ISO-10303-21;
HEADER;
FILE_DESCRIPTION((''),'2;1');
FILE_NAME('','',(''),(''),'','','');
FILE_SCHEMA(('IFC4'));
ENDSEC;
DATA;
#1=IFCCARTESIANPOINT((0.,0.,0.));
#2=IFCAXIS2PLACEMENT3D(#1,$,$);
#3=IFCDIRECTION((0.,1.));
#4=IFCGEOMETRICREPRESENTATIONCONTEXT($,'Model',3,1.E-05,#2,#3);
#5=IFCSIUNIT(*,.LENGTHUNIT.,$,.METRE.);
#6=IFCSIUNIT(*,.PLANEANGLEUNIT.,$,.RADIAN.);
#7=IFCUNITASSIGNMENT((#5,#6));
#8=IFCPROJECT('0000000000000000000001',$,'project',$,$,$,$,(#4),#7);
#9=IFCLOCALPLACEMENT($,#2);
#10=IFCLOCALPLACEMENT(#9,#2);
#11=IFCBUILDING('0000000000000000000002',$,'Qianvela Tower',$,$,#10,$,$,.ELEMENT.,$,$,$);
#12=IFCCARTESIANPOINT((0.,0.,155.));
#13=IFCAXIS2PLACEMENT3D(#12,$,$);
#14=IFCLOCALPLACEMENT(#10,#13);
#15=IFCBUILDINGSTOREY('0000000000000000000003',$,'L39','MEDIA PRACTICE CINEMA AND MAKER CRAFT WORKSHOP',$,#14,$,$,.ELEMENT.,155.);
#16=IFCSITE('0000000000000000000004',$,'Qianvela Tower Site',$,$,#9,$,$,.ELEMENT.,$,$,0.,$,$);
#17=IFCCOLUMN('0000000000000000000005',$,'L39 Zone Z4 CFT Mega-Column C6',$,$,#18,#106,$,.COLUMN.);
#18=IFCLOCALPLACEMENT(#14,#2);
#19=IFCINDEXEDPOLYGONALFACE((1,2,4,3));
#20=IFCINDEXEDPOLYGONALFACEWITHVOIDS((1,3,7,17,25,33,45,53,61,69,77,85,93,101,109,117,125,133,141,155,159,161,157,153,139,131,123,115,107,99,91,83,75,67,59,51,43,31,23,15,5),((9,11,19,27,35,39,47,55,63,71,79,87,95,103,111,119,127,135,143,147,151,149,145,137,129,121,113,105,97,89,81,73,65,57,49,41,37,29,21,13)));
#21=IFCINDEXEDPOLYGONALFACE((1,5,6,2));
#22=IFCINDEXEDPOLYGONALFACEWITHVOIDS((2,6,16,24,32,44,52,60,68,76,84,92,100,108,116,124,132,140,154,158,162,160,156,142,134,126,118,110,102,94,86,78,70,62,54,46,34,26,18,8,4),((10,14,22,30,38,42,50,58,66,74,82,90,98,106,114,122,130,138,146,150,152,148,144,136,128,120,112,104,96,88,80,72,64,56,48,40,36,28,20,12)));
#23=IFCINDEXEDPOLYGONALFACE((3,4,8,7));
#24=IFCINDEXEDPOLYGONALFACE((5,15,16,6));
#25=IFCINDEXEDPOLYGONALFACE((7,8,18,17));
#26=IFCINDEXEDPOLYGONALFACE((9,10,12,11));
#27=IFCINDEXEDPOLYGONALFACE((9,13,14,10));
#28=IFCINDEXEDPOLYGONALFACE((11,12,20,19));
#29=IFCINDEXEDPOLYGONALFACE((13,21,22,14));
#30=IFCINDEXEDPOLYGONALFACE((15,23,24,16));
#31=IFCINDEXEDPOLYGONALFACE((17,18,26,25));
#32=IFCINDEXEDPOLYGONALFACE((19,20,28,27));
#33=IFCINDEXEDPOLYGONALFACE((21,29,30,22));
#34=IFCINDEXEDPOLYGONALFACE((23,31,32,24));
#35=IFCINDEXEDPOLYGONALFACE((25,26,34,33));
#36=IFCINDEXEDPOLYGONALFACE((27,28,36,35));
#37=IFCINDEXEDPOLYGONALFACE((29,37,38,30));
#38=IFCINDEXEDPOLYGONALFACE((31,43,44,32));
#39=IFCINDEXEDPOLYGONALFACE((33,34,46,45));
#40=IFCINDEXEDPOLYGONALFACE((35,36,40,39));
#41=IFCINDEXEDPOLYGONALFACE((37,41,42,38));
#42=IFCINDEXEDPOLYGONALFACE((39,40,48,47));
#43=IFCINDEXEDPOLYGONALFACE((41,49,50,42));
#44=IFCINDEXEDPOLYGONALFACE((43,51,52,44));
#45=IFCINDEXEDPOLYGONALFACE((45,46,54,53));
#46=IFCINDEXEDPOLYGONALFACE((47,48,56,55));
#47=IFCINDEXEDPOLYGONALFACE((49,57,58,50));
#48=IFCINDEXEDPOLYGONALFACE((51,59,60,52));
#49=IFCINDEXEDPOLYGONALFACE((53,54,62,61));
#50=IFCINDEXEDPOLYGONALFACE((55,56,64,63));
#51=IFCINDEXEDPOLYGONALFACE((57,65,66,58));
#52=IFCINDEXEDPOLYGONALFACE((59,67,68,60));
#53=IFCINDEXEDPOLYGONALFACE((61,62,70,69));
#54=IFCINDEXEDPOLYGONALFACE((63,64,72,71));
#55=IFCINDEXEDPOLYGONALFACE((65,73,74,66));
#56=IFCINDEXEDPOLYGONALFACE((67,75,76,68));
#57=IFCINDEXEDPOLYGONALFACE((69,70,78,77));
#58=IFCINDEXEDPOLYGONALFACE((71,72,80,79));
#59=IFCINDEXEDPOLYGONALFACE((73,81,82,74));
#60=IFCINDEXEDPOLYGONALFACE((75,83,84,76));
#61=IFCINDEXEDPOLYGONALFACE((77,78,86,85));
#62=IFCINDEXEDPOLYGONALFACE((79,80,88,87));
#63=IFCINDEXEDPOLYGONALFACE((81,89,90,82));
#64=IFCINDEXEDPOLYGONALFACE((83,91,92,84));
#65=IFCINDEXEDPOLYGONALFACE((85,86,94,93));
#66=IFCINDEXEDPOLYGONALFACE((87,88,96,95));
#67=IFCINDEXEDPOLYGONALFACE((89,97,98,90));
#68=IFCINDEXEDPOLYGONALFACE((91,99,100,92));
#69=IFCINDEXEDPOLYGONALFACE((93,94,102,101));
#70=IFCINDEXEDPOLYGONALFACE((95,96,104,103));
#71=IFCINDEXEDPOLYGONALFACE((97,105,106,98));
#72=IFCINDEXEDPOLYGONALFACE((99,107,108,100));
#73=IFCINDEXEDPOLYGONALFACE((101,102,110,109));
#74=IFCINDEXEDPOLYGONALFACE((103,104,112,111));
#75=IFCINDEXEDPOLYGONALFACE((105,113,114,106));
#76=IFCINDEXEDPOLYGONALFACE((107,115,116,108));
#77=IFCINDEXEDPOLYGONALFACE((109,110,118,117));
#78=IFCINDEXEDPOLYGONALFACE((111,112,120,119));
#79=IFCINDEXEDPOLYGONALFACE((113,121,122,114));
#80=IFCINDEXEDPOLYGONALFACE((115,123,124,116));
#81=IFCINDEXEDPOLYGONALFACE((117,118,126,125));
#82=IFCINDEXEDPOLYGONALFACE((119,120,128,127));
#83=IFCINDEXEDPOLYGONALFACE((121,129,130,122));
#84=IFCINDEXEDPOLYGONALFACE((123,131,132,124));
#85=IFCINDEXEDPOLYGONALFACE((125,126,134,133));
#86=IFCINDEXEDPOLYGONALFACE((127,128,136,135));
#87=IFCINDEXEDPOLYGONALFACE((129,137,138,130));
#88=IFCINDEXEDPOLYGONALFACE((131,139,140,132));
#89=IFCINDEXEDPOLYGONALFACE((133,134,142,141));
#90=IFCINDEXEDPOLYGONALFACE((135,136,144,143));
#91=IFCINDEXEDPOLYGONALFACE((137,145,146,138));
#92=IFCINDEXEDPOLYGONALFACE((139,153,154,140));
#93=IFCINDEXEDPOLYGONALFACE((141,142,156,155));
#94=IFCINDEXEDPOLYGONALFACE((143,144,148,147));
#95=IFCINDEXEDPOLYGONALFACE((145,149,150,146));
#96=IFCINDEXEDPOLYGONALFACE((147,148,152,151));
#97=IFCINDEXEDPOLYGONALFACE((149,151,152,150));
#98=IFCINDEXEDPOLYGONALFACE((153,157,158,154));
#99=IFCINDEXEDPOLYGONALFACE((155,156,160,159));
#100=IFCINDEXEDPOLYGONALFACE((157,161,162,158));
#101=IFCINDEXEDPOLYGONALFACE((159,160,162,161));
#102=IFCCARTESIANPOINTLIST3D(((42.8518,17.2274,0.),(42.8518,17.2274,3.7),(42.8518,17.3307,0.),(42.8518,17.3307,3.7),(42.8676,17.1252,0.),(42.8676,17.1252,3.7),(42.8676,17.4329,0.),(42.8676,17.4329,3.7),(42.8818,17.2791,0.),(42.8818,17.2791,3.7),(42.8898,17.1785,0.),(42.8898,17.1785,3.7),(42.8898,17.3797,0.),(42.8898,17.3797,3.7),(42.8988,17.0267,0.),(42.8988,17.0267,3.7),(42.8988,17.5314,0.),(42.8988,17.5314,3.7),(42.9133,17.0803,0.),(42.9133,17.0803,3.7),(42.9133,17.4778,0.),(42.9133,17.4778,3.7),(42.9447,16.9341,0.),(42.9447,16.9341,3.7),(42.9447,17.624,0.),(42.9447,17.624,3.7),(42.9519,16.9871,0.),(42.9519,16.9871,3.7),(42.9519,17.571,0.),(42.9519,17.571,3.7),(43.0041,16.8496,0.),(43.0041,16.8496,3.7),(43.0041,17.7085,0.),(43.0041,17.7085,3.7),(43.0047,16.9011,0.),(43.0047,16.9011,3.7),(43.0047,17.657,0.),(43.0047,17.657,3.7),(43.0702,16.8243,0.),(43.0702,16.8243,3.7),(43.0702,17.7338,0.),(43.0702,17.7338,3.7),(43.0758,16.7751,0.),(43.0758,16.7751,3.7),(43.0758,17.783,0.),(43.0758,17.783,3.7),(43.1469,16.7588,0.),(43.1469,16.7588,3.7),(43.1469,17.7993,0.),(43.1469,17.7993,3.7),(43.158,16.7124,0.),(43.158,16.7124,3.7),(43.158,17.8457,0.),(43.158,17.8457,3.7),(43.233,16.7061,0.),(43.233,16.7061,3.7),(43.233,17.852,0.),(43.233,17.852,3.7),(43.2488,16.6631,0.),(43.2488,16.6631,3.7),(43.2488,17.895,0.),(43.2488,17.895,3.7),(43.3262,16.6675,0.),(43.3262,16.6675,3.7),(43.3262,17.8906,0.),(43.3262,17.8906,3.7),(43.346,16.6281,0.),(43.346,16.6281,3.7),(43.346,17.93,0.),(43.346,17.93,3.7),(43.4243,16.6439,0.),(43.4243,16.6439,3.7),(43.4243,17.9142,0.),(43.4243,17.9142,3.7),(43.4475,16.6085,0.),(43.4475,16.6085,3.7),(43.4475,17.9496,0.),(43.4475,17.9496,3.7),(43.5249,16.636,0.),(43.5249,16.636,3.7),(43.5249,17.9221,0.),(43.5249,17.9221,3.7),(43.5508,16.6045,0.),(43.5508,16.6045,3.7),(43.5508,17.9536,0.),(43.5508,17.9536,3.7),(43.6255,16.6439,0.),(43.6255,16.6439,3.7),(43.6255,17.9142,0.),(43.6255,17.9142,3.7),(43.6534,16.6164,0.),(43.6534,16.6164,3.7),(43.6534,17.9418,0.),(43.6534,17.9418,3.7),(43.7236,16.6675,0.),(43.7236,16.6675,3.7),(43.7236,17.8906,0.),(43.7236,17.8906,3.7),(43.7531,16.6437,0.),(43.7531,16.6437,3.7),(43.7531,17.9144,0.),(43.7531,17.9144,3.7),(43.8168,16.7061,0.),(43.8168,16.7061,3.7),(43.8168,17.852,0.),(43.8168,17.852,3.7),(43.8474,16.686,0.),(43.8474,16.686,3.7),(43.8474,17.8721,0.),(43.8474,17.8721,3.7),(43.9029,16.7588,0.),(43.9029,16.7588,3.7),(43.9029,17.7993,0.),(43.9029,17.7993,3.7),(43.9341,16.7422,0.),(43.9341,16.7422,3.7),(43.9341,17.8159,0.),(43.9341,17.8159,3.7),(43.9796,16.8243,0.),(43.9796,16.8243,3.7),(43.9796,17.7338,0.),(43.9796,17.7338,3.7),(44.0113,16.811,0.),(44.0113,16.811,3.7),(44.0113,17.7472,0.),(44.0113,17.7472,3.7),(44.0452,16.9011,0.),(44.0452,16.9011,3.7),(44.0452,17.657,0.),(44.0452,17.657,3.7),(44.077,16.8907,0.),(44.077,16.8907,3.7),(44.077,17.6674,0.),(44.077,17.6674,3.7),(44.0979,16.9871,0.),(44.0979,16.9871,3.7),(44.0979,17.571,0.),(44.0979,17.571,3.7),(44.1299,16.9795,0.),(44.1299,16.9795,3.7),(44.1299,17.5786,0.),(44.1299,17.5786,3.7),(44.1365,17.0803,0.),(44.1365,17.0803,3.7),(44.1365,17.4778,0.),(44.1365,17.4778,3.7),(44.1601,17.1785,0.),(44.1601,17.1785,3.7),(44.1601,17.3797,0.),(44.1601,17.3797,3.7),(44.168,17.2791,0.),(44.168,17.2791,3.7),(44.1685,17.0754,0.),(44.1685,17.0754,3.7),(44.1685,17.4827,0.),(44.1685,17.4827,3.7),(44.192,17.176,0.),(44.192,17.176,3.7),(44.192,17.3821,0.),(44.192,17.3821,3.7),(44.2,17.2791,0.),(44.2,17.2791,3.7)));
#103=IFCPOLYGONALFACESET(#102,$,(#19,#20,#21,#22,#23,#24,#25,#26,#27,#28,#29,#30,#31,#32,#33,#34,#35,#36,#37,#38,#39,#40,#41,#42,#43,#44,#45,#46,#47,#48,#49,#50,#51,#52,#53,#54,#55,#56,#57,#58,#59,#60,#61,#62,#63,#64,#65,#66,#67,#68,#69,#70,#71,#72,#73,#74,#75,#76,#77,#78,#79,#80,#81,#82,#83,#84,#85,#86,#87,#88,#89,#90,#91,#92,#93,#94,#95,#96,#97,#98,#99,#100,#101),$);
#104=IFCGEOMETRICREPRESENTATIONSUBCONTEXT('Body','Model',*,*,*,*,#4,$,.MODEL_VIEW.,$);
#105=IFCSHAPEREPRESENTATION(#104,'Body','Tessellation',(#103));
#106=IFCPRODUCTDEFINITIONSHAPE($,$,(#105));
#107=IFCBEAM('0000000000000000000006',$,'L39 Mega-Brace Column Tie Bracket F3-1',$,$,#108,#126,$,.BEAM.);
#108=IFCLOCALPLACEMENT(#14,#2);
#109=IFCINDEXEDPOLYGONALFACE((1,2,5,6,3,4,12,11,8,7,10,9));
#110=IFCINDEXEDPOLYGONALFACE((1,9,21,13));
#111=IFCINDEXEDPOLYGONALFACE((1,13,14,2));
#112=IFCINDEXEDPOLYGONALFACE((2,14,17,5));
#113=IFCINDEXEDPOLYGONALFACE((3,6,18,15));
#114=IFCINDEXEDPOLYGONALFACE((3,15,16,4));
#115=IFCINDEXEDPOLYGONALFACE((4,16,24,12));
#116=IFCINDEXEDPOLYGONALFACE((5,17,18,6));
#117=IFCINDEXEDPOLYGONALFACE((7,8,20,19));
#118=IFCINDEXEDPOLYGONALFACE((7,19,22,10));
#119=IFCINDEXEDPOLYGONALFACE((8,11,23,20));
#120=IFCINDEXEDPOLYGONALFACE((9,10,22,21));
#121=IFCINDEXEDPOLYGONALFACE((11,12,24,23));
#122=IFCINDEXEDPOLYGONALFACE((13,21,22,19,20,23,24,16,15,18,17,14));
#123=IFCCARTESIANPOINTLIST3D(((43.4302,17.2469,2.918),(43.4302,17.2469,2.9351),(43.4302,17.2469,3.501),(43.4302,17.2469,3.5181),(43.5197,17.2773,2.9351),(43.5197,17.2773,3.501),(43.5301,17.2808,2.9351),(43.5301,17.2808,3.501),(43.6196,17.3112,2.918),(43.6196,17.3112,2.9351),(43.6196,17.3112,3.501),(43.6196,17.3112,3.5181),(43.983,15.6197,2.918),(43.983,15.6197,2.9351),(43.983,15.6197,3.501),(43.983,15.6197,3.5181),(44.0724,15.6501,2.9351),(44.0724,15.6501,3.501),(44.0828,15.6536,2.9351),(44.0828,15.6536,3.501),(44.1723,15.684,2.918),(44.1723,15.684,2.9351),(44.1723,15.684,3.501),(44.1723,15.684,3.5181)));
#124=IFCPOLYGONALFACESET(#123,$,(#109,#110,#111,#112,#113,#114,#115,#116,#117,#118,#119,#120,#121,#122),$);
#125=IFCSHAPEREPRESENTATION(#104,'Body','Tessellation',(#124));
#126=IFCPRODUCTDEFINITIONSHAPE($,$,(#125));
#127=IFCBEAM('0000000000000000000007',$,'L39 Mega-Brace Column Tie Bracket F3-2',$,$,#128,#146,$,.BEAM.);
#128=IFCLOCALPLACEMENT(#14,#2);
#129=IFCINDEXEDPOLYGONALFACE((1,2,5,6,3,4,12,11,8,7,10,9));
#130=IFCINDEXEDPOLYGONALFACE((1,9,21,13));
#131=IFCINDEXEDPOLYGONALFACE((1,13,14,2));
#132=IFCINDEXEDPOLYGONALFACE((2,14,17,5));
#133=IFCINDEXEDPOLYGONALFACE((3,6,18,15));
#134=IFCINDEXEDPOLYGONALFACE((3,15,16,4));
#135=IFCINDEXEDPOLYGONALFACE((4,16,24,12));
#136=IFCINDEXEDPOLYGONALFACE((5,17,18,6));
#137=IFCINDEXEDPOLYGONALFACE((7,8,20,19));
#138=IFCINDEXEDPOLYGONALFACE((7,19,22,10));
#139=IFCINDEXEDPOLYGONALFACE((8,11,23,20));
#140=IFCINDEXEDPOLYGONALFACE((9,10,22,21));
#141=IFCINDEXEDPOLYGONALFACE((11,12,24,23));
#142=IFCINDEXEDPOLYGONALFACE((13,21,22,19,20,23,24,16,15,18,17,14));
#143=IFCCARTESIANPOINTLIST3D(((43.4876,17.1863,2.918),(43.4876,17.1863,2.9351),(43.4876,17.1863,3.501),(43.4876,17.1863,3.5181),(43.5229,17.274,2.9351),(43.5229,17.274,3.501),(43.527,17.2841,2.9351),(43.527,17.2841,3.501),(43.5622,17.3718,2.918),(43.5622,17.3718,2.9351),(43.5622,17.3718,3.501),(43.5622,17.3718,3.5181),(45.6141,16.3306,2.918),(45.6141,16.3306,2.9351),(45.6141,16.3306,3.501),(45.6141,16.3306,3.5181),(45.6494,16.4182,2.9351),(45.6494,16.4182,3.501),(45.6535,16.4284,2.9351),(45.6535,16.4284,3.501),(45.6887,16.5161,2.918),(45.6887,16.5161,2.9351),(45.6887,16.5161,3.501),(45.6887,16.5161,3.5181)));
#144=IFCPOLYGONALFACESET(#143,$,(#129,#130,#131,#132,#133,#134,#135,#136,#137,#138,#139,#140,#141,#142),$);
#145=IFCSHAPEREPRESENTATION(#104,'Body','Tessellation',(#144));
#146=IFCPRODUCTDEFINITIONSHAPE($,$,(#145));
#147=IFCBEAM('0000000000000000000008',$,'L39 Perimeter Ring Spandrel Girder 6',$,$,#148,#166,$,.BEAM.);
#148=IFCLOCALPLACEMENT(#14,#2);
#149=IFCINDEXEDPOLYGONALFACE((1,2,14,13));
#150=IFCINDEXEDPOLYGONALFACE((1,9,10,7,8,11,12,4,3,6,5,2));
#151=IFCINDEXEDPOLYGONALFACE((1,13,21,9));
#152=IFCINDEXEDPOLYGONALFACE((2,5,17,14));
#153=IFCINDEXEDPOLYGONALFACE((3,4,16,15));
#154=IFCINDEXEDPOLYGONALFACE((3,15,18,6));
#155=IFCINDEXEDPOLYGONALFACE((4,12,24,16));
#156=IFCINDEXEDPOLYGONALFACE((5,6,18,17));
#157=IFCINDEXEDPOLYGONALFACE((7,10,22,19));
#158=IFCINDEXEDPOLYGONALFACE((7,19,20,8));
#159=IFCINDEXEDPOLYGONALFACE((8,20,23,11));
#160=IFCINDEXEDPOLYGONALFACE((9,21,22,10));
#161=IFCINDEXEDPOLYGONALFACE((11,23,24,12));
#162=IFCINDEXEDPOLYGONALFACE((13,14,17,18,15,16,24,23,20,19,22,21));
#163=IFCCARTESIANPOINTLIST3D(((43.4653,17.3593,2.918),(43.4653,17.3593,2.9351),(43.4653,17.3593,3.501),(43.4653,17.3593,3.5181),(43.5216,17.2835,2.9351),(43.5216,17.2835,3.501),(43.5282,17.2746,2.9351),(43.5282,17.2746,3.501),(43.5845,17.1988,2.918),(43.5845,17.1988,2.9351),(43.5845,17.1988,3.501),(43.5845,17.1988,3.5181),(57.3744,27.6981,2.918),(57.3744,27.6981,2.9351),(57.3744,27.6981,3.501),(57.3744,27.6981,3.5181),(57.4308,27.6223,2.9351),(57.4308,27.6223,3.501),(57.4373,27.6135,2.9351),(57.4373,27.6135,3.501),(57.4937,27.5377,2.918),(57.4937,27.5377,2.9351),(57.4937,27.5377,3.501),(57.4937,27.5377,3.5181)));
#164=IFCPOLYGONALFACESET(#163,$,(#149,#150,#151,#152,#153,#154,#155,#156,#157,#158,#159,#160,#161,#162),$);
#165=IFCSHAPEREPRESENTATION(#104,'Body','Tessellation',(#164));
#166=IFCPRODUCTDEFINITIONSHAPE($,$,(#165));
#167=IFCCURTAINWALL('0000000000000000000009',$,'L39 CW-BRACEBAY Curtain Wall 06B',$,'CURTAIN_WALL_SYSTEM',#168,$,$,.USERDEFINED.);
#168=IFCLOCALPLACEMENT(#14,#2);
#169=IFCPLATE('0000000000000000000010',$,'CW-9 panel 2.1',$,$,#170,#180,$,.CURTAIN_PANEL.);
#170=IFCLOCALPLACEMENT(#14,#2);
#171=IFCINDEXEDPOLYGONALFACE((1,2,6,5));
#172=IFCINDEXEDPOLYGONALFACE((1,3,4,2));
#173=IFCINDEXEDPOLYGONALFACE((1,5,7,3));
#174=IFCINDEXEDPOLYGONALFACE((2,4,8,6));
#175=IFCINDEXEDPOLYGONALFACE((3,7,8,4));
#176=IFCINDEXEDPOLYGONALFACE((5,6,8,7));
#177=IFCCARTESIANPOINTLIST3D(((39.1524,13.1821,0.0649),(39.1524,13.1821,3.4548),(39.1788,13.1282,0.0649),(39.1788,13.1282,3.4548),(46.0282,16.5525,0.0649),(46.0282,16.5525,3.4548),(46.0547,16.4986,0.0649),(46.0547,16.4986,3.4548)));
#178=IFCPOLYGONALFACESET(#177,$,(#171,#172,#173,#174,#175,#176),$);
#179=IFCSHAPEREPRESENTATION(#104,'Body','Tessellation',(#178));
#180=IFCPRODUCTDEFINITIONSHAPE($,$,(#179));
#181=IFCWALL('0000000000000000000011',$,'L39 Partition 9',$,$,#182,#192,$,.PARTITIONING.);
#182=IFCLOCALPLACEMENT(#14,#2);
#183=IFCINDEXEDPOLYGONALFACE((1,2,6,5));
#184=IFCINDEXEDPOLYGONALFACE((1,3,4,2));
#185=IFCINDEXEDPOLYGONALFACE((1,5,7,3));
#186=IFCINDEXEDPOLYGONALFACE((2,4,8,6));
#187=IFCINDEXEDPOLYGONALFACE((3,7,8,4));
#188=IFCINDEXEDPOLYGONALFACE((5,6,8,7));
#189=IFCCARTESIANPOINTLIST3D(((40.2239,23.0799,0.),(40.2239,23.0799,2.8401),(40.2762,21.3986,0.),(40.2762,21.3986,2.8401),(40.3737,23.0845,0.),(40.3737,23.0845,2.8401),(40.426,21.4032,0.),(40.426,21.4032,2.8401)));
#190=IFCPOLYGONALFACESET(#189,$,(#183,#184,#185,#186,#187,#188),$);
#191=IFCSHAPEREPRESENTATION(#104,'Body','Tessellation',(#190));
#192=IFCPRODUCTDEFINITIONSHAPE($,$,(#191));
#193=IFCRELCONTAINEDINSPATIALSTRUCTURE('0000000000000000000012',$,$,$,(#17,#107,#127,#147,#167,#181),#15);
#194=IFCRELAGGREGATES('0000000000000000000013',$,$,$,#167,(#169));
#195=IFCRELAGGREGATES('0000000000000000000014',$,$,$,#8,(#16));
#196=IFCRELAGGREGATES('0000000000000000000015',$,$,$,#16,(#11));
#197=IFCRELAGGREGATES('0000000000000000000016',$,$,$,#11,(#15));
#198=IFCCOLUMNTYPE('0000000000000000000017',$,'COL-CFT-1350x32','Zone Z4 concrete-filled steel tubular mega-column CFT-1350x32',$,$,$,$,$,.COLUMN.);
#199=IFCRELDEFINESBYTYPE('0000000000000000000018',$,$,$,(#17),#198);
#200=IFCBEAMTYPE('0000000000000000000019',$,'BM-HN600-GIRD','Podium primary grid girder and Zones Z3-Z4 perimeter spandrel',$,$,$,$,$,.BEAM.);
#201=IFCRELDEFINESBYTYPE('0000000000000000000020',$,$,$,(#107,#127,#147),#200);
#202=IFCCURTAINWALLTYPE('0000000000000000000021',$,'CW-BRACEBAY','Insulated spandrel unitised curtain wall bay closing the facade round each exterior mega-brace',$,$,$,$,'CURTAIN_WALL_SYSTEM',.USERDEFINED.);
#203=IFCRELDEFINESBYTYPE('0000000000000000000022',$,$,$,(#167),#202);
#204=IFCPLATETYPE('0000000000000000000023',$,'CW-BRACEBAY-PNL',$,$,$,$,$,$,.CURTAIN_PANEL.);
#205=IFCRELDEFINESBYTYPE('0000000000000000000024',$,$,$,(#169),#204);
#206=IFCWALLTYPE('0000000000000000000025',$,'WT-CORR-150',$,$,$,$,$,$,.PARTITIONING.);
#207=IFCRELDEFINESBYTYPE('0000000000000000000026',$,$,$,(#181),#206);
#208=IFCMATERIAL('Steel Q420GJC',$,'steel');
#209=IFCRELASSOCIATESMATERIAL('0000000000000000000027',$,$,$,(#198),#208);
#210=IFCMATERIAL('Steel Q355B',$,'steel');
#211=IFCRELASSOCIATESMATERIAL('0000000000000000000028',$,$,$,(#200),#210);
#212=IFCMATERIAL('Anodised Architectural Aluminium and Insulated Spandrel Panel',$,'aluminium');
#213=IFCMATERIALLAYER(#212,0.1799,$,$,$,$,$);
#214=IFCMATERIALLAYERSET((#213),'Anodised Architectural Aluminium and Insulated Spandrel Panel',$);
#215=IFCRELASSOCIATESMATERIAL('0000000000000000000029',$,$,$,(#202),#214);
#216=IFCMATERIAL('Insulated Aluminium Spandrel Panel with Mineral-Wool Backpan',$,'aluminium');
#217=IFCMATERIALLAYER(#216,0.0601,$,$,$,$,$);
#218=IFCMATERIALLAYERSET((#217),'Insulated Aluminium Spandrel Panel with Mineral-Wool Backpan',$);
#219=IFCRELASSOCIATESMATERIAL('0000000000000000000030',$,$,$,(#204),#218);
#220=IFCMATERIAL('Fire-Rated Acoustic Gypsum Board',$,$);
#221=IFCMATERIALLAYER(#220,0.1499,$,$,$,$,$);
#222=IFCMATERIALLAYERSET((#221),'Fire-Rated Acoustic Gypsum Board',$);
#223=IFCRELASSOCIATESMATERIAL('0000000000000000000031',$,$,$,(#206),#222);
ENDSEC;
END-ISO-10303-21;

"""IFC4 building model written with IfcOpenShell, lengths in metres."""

from ifc_helpers import new_model, si_unit, direction, frame, frame_2d, origin, origin_2d, place, context, subcontext, project, spatial, rectangle, hollow_circle, i_section, extrude, material, layer, layer_set, material_profile, profile_set, type_object, element, aggregate, save


model = new_model("IFC4")

# Units and contexts
model_context = context("Model", 3, precision=1e-05, world=origin(), true_north=direction((0.0, 1.0)))
body_context = subcontext(model_context, "Body", "Model", "MODEL_VIEW")
ifc_project = project(units=[si_unit("LENGTHUNIT", "METRE"), si_unit("PLANEANGLEUNIT", "RADIAN")], contexts=[model_context])

# Site, building, storey
site_placement = place(None, origin())
site = spatial("IfcSite", under=ifc_project, at=site_placement, Name="Qianvela Tower Site", CompositionType="ELEMENT", RefElevation=0.0)
building_placement = place(site_placement, origin())
building = spatial("IfcBuilding", under=site, at=building_placement, Name="Qianvela Tower", CompositionType="ELEMENT")
storey_placement = place(building_placement, frame((0.0, 0.0, 155.0)))
storey = spatial("IfcBuildingStorey", under=building, at=storey_placement, Name="L39", Description="MEDIA PRACTICE CINEMA AND MAKER CRAFT WORKSHOP", CompositionType="ELEMENT", Elevation=155.0)

# Column
ifc_material_1 = material(Name="Steel Q420GJC", Category="steel")
ifc_material_profile_1 = material_profile(ifc_material_1, hollow_circle(Radius=0.675, WallThickness=0.032, at=origin_2d()), Name="CFT-1350x32")
ifc_profile_set_1 = profile_set([ifc_material_profile_1], Name="Steel Q420GJC")
column_type = type_object("IfcColumnType", Name="COL-CFT-1350x32", Description="Zone Z4 concrete-filled steel tubular mega-column CFT-1350x32", PredefinedType="COLUMN", material=ifc_profile_set_1)
column_placement = place(storey_placement, frame((43.5249, 17.2791, 0.0), z_axis=(0.0, 0.0, 1.0), x_axis=(1.0, 0.0, 0.0)))
element("IfcColumn", 1, at=column_placement, inside=storey, type_object=column_type, Name="L39 Zone Z4 CFT Mega-Column C6", PredefinedType="COLUMN", context=body_context, shape_type="SweptSolid", body=[
    extrude(hollow_circle(Radius=0.675, WallThickness=0.032, at=origin_2d()), origin(), (0.0, 0.0, 1.0), 3.7),
])

# Beams
ifc_material_2 = material(Name="Steel Q355B", Category="steel")
ifc_material_profile_2 = material_profile(ifc_material_2, i_section(OverallWidth=0.2, OverallDepth=0.6001, WebThickness=0.011, FlangeThickness=0.0171, at=origin_2d()), Name="HN600x200x11x17")
ifc_profile_set_2 = profile_set([ifc_material_profile_2], Name="Steel Q355B")
beam_type = type_object("IfcBeamType", Name="BM-HN600-GIRD", Description="Podium primary grid girder and Zones Z3-Z4 perimeter spandrel", PredefinedType="BEAM", material=ifc_profile_set_2)
beam_1_placement = place(storey_placement, frame((43.5249, 17.2791, 3.218), z_axis=(0.321635, -0.946864, 0.0), x_axis=(0.946864, 0.321635, 0.0)))
element("IfcBeam", 2, at=beam_1_placement, inside=storey, type_object=beam_type, Name="L39 Mega-Brace Column Tie Bracket F3-1", PredefinedType="BEAM", context=body_context, shape_type="SweptSolid", body=[
    extrude(i_section(OverallWidth=0.2, OverallDepth=0.6001, WebThickness=0.011, FlangeThickness=0.0171, at=origin_2d()), origin(), (0.0, 0.0, 1.0), 1.7185),
])
beam_2_placement = place(storey_placement, frame((43.5249, 17.2791, 3.218), z_axis=(0.927703, -0.373318, 0.0), x_axis=(0.373318, 0.927703, 0.0)))
element("IfcBeam", 3, at=beam_2_placement, inside=storey, type_object=beam_type, Name="L39 Mega-Brace Column Tie Bracket F3-2", PredefinedType="BEAM", context=body_context, shape_type="SweptSolid", body=[
    extrude(i_section(OverallWidth=0.2, OverallDepth=0.6001, WebThickness=0.011, FlangeThickness=0.0171, at=origin_2d()), origin(), (0.0, 0.0, 1.0), 2.2922),
])
beam_3_placement = place(storey_placement, frame((43.5249, 17.2791, 3.218), z_axis=(0.802569, 0.596559, 0.0), x_axis=(-0.596559, 0.802569, 0.0)))
element("IfcBeam", 4, at=beam_3_placement, inside=storey, type_object=beam_type, Name="L39 Perimeter Ring Spandrel Girder 6", PredefinedType="BEAM", context=body_context, shape_type="SweptSolid", body=[
    extrude(i_section(OverallWidth=0.2, OverallDepth=0.6001, WebThickness=0.011, FlangeThickness=0.0171, at=origin_2d()), origin(), (0.0, 0.0, 1.0), 17.3308),
])

# Curtain wall, plate
ifc_material_3 = material(Name="Anodised Architectural Aluminium and Insulated Spandrel Panel", Category="aluminium")
ifc_layer_1 = layer(ifc_material_3, 0.1799)
ifc_layer_set_1 = layer_set([ifc_layer_1], Name="Anodised Architectural Aluminium and Insulated Spandrel Panel")
curtain_wall_type = type_object("IfcCurtainWallType", Name="CW-BRACEBAY", Description="Insulated spandrel unitised curtain wall bay closing the facade round each exterior mega-brace", ElementType="CURTAIN_WALL_SYSTEM", PredefinedType="USERDEFINED", material=ifc_layer_set_1)
curtain_wall_placement = place(storey_placement, origin())
curtain_wall = element("IfcCurtainWall", 5, at=curtain_wall_placement, inside=storey, type_object=curtain_wall_type, Name="L39 CW-BRACEBAY Curtain Wall 06B", ObjectType="CURTAIN_WALL_SYSTEM", PredefinedType="USERDEFINED")
ifc_material_4 = material(Name="Insulated Aluminium Spandrel Panel with Mineral-Wool Backpan", Category="aluminium")
ifc_layer_2 = layer(ifc_material_4, 0.0601)
ifc_layer_set_2 = layer_set([ifc_layer_2], Name="Insulated Aluminium Spandrel Panel with Mineral-Wool Backpan")
plate_type = type_object("IfcPlateType", Name="CW-BRACEBAY-PNL", PredefinedType="CURTAIN_PANEL", material=ifc_layer_set_2)
plate_placement = place(storey_placement, frame((42.6035, 14.8403, 0.0649), z_axis=(0.0, 0.0, 1.0), x_axis=(0.897929, 0.440141, 0.0)))
plate = element("IfcPlate", 6, at=plate_placement, type_object=plate_type, Name="CW-9 panel 2.1", PredefinedType="CURTAIN_PANEL", context=body_context, shape_type="SweptSolid", body=[
    extrude(rectangle(XDim=7.6575, YDim=0.0601, at=origin_2d()), origin(), (0.0, 0.0, 1.0), 3.3899),
])
aggregate(curtain_wall, [plate])

# Wall
ifc_material_5 = material(Name="Fire-Rated Acoustic Gypsum Board")
ifc_layer_3 = layer(ifc_material_5, 0.1499)
ifc_layer_set_3 = layer_set([ifc_layer_3], Name="Fire-Rated Acoustic Gypsum Board")
wall_type_1 = type_object("IfcWallType", Name="WT-CORR-150", PredefinedType="PARTITIONING", material=ifc_layer_set_3)
wall_1_placement = place(storey_placement, frame((40.3511, 21.4009, 0.0), z_axis=(0.0, 0.0, 1.0), x_axis=(-0.031058, 0.999518, 0.0)))
element("IfcWall", 7, at=wall_1_placement, inside=storey, type_object=wall_type_1, Name="L39 Partition 9", PredefinedType="PARTITIONING", context=body_context, shape_type="SweptSolid", body=[
    extrude(rectangle(XDim=1.6821, YDim=0.1499, at=frame_2d((0.8411, 0.0))), origin(), (0.0, 0.0, 1.0), 2.8401),
])

save(model, "model.ifc")
